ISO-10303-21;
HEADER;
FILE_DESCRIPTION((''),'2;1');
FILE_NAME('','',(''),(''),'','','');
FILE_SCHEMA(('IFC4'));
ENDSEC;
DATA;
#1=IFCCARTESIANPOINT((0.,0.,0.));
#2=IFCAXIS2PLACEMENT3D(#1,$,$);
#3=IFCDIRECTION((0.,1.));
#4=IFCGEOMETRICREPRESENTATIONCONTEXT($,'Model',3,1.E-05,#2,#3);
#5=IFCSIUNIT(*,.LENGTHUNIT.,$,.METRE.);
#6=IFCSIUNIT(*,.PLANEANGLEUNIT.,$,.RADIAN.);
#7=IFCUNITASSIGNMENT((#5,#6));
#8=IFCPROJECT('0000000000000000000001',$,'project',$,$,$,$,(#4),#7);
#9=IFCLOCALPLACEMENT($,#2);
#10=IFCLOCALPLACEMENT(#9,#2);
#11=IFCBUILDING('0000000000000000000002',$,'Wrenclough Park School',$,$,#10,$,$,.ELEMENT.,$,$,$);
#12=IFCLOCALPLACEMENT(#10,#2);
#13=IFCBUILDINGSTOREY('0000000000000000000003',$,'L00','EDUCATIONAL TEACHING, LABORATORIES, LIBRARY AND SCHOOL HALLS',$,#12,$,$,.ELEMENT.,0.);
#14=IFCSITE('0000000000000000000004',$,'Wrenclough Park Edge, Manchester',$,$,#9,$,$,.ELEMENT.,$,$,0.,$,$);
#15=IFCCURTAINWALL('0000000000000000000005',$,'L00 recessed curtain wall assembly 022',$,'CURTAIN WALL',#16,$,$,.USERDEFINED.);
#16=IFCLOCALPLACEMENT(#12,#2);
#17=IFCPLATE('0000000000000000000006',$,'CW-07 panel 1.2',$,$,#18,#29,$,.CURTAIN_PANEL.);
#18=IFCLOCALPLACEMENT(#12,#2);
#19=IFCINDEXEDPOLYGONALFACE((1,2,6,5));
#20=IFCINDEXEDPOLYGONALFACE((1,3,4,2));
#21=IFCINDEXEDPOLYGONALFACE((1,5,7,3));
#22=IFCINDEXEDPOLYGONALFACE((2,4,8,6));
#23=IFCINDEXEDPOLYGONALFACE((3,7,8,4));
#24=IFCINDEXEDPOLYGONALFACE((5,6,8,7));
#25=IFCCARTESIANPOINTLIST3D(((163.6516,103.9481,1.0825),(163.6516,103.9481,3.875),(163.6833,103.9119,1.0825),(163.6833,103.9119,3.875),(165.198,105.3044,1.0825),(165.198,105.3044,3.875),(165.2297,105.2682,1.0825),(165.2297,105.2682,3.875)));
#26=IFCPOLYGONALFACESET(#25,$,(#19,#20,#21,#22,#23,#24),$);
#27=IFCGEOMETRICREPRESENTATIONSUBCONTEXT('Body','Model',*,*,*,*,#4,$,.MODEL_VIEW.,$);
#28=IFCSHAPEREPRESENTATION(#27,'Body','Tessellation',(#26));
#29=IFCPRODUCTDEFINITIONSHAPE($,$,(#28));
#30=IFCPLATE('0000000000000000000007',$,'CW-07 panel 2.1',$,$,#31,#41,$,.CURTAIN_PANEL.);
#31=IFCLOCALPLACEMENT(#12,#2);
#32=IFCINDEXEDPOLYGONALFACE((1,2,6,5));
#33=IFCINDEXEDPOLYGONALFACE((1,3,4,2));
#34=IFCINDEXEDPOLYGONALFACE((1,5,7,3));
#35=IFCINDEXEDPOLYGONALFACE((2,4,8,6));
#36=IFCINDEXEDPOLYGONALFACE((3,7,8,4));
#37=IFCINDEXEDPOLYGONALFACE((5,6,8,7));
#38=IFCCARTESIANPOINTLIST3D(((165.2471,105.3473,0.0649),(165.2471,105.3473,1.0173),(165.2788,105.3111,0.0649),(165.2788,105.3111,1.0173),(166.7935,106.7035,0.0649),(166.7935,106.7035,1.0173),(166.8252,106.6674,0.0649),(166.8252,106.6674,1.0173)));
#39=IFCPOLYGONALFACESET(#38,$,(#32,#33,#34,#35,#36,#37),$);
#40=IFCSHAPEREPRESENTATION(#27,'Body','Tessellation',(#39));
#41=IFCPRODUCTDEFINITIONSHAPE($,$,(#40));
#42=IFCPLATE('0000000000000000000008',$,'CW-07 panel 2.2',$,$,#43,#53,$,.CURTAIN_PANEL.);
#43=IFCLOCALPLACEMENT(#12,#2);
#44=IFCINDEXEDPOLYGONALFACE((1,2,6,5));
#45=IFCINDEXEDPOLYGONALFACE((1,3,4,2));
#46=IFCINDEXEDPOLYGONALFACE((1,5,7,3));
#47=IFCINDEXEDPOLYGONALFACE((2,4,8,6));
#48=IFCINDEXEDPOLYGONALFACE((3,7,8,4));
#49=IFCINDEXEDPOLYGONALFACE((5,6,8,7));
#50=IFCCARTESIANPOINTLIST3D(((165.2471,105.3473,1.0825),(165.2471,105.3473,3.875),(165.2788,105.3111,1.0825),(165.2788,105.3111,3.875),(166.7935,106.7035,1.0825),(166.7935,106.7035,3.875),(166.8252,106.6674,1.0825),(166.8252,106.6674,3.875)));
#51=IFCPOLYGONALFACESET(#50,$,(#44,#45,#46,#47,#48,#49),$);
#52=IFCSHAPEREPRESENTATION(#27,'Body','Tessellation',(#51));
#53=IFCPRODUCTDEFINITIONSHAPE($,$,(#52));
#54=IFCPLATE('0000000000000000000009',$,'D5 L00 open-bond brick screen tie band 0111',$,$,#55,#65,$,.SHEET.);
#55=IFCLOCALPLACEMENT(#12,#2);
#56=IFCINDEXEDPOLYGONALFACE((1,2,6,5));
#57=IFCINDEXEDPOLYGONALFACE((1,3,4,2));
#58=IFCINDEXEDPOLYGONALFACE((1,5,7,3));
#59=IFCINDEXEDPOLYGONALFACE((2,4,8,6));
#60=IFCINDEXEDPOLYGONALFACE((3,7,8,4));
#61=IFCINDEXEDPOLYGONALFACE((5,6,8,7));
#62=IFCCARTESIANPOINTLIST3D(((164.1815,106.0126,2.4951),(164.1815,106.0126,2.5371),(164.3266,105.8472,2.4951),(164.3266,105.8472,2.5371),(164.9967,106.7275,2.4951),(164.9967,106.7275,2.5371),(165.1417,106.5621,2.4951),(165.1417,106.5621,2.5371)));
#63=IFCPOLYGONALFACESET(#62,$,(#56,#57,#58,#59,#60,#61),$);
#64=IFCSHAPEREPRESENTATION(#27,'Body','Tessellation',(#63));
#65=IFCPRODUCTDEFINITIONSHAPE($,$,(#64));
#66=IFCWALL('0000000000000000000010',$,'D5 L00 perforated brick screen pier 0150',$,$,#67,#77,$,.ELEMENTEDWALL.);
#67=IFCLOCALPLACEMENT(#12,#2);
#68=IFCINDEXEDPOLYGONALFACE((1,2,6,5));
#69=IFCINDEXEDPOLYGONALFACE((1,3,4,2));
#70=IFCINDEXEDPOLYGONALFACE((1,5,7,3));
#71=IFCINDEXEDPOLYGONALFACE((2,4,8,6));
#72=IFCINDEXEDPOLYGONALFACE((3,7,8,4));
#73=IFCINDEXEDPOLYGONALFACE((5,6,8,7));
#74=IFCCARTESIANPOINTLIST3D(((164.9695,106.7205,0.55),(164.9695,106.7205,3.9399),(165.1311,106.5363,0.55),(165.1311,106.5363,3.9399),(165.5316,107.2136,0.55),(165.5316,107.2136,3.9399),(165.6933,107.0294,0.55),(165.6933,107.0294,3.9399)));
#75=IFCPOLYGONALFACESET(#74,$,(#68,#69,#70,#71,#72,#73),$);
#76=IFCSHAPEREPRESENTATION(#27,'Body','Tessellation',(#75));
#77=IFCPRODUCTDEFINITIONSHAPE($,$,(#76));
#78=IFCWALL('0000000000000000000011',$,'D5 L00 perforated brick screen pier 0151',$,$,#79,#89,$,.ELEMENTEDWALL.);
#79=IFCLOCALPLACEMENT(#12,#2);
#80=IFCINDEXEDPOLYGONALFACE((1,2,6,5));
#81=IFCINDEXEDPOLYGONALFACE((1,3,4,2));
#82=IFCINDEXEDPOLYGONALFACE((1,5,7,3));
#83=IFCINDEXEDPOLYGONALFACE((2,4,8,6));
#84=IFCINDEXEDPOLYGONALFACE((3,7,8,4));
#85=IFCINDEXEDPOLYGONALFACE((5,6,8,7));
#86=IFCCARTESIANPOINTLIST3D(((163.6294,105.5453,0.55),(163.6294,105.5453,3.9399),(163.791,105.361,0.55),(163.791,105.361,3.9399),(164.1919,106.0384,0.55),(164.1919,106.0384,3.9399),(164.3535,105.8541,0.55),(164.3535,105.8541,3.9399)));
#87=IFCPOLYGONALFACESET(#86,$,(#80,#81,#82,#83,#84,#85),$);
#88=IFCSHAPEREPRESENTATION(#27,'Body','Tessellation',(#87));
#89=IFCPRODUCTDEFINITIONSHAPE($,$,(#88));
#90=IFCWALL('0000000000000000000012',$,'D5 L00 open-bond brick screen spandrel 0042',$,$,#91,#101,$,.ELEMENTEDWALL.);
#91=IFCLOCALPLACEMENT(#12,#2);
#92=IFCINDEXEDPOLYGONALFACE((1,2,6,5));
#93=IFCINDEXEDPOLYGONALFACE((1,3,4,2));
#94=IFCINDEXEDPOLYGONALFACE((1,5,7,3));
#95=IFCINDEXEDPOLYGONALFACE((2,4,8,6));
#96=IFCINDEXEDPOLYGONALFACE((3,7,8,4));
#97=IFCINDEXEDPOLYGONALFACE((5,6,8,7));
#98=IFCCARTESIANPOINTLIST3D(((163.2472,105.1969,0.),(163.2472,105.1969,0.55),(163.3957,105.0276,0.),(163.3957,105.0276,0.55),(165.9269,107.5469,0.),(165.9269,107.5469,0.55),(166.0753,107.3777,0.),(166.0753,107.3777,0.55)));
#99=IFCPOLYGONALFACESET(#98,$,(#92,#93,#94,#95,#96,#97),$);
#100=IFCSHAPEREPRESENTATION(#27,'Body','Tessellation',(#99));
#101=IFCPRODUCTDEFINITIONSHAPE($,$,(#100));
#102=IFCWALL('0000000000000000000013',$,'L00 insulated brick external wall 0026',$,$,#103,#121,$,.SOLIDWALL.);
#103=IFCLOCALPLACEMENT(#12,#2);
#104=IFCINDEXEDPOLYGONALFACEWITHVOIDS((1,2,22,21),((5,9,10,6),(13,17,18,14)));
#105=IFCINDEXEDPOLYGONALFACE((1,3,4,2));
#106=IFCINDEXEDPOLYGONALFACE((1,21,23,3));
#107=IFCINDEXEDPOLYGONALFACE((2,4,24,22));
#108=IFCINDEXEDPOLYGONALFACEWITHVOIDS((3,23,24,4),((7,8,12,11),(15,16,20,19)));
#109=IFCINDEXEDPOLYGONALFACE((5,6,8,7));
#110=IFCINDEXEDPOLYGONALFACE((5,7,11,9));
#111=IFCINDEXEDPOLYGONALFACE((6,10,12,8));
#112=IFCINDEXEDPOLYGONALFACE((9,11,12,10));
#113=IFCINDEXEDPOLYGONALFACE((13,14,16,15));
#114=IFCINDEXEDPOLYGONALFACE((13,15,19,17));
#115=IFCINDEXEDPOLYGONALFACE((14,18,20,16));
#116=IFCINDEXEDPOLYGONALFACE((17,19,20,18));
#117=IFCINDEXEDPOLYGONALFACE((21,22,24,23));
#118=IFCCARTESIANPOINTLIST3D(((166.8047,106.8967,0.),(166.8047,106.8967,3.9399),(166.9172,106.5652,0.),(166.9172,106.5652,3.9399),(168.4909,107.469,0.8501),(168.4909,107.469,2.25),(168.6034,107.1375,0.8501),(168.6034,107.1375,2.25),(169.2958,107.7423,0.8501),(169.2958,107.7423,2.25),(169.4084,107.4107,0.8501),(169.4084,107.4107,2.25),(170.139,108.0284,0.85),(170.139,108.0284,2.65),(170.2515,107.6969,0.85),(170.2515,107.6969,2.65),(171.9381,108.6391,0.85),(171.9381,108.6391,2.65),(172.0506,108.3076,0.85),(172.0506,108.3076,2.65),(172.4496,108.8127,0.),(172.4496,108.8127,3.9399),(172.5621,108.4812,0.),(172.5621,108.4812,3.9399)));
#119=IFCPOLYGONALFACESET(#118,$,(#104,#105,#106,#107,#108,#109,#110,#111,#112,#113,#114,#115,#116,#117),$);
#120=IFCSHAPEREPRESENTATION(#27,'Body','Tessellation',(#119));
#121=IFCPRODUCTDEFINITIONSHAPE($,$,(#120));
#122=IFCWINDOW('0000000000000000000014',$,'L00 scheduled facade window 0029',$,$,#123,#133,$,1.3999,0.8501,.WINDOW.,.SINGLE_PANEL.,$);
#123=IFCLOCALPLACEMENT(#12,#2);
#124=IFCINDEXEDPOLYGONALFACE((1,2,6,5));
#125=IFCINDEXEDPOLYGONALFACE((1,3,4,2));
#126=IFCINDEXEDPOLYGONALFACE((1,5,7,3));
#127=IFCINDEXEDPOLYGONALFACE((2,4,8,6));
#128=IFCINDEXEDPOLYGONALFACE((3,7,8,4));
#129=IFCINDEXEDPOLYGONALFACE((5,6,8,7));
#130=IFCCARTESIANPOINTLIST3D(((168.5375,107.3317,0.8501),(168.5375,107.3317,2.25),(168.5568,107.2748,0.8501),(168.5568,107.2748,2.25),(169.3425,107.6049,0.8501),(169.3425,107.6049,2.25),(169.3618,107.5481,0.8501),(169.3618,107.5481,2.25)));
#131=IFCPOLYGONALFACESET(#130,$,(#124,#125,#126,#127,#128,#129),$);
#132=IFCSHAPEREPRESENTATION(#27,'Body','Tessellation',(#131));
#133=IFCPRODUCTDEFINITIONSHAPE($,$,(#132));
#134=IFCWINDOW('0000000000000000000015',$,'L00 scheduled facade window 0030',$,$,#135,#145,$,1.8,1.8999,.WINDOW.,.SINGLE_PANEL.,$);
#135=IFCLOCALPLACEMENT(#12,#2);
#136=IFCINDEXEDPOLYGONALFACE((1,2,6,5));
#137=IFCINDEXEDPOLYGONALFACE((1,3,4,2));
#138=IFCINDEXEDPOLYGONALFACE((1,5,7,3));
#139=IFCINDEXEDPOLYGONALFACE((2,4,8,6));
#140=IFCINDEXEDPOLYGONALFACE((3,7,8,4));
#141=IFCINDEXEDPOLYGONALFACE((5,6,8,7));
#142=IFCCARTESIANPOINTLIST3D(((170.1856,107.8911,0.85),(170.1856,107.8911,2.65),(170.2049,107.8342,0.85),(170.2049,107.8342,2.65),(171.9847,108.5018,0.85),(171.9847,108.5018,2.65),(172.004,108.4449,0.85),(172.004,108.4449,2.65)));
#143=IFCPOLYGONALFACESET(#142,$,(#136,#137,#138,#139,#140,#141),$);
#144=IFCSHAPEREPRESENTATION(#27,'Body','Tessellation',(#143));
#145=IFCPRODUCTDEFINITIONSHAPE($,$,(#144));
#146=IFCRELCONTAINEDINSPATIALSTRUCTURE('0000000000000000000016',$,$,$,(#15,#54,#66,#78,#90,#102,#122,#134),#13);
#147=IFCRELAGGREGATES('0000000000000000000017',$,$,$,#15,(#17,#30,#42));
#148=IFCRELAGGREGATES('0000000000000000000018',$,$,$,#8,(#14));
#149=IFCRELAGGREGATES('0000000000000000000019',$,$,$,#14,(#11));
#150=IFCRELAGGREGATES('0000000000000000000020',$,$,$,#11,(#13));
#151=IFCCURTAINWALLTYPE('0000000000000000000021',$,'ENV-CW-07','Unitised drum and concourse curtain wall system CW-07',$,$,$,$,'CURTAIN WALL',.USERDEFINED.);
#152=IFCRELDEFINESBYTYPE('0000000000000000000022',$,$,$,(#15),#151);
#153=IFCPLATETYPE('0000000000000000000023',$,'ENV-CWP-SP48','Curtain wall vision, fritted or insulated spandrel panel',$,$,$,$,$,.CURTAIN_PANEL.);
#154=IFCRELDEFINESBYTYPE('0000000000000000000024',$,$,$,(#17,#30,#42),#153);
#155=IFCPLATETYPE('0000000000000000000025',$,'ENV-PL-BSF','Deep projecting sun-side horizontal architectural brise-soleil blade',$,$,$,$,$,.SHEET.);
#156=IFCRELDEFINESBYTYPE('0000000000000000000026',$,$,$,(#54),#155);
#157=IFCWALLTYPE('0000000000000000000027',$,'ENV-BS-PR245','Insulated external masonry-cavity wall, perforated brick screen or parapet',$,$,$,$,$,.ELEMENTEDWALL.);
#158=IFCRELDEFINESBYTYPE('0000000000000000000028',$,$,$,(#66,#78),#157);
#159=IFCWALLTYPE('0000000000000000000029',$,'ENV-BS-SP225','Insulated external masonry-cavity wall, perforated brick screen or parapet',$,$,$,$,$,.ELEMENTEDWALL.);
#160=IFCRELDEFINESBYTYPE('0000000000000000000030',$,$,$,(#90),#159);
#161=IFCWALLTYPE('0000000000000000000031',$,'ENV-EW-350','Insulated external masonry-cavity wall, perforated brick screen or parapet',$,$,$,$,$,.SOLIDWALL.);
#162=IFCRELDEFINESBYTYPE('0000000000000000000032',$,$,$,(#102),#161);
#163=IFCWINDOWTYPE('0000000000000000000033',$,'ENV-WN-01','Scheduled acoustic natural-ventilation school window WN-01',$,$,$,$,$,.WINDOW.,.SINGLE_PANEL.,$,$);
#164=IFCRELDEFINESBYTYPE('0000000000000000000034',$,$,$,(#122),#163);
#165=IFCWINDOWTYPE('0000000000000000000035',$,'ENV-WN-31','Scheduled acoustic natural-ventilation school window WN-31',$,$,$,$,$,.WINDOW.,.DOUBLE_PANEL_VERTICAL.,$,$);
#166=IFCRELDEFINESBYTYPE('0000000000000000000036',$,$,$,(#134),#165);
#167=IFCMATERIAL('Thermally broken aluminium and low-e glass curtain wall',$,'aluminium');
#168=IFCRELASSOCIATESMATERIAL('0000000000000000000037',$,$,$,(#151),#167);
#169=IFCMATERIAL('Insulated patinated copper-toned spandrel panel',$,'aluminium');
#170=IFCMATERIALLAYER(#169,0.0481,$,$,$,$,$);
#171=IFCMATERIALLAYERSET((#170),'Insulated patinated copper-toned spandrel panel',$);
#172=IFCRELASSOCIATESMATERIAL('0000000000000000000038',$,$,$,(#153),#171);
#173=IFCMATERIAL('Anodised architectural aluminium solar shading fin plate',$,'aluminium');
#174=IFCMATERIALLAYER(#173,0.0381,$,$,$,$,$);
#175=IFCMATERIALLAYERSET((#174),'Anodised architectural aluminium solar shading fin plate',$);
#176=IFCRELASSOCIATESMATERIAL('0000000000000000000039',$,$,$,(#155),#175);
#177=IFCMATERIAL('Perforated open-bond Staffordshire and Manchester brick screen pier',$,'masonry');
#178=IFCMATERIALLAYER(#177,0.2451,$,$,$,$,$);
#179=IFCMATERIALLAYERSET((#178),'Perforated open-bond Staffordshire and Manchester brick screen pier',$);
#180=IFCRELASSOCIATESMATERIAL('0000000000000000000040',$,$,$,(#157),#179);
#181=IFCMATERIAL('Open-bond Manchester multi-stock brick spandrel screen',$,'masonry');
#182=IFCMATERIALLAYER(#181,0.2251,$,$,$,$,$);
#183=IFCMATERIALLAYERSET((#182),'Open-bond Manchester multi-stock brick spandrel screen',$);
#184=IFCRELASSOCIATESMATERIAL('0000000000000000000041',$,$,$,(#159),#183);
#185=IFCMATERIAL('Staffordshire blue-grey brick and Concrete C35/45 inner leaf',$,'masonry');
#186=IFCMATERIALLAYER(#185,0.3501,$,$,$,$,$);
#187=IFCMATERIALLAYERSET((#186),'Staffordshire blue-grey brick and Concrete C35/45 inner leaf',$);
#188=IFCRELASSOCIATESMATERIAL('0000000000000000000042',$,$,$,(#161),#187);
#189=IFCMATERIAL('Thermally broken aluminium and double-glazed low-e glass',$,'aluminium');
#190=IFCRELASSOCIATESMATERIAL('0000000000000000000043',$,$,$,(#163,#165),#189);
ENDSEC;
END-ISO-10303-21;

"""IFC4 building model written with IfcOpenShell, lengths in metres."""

from ifc_helpers import new_model, si_unit, direction, frame, frame_2d, origin, origin_2d, place, context, subcontext, project, spatial, rectangle, extrude, material, layer, layer_set, type_object, element, fill, aggregate, save


model = new_model("IFC4")

# Units and contexts
model_context = context("Model", 3, precision=1e-05, world=origin(), true_north=direction((0.0, 1.0)))
body_context = subcontext(model_context, "Body", "Model", "MODEL_VIEW")
ifc_project = project(units=[si_unit("LENGTHUNIT", "METRE"), si_unit("PLANEANGLEUNIT", "RADIAN")], contexts=[model_context])

# Site, building, storey
site_placement = place(None, origin())
site = spatial("IfcSite", under=ifc_project, at=site_placement, Name="Wrenclough Park Edge, Manchester", CompositionType="ELEMENT", RefElevation=0.0)
building_placement = place(site_placement, origin())
building = spatial("IfcBuilding", under=site, at=building_placement, Name="Wrenclough Park School", CompositionType="ELEMENT")
storey_placement = place(building_placement, origin())
storey = spatial("IfcBuildingStorey", under=building, at=storey_placement, Name="L00", Description="EDUCATIONAL TEACHING, LABORATORIES, LIBRARY AND SCHOOL HALLS", CompositionType="ELEMENT", Elevation=0.0)

# Curtain wall
ifc_material_1 = material(Name="Thermally broken aluminium and low-e glass curtain wall", Category="aluminium")
curtain_wall_type = type_object("IfcCurtainWallType", Name="ENV-CW-07", Description="Unitised drum and concourse curtain wall system CW-07", ElementType="CURTAIN WALL", PredefinedType="USERDEFINED", material=ifc_material_1)
curtain_wall_placement = place(storey_placement, origin())
curtain_wall = element("IfcCurtainWall", 1, at=curtain_wall_placement, inside=storey, type_object=curtain_wall_type, Name="L00 recessed curtain wall assembly 022", ObjectType="CURTAIN WALL", PredefinedType="USERDEFINED")

# Plates
ifc_material_2 = material(Name="Insulated patinated copper-toned spandrel panel", Category="aluminium")
ifc_layer_1 = layer(ifc_material_2, 0.0481)
ifc_layer_set_1 = layer_set([ifc_layer_1], Name="Insulated patinated copper-toned spandrel panel")
plate_type_1 = type_object("IfcPlateType", Name="ENV-CWP-SP48", Description="Curtain wall vision, fritted or insulated spandrel panel", PredefinedType="CURTAIN_PANEL", material=ifc_layer_set_1)
plate_1_placement = place(storey_placement, frame((164.4407, 104.6082, 1.0825), z_axis=(0.0, 0.0, 1.0), x_axis=(0.751814, 0.659375, 0.0)))
plate_1 = element("IfcPlate", 2, at=plate_1_placement, type_object=plate_type_1, Name="CW-07 panel 1.2", PredefinedType="CURTAIN_PANEL", context=body_context, shape_type="SweptSolid", body=[
    extrude(rectangle(XDim=2.0569, YDim=0.0481, at=origin_2d()), origin(), (0.0, 0.0, 1.0), 2.7925),
])
plate_2_placement = place(storey_placement, frame((166.0361, 106.0073, 0.0649), z_axis=(0.0, 0.0, 1.0), x_axis=(0.751814, 0.659375, 0.0)))
plate_2 = element("IfcPlate", 3, at=plate_2_placement, type_object=plate_type_1, Name="CW-07 panel 2.1", PredefinedType="CURTAIN_PANEL", context=body_context, shape_type="SweptSolid", body=[
    extrude(rectangle(XDim=2.0569, YDim=0.0481, at=origin_2d()), origin(), (0.0, 0.0, 1.0), 0.9524),
])
plate_3_placement = place(storey_placement, frame((166.0361, 106.0073, 1.0825), z_axis=(0.0, 0.0, 1.0), x_axis=(0.751814, 0.659375, 0.0)))
plate_3 = element("IfcPlate", 4, at=plate_3_placement, type_object=plate_type_1, Name="CW-07 panel 2.2", PredefinedType="CURTAIN_PANEL", context=body_context, shape_type="SweptSolid", body=[
    extrude(rectangle(XDim=2.0569, YDim=0.0481, at=origin_2d()), origin(), (0.0, 0.0, 1.0), 2.7925),
])
aggregate(curtain_wall, [plate_1, plate_2, plate_3])
ifc_material_3 = material(Name="Anodised architectural aluminium solar shading fin plate", Category="aluminium")
ifc_layer_2 = layer(ifc_material_3, 0.0381)
ifc_layer_set_2 = layer_set([ifc_layer_2], Name="Anodised architectural aluminium solar shading fin plate")
plate_type_2 = type_object("IfcPlateType", Name="ENV-PL-BSF", Description="Deep projecting sun-side horizontal architectural brise-soleil blade", PredefinedType="SHEET", material=ifc_layer_set_2)
plate_4_placement = place(storey_placement, frame((164.6616, 106.2874, 2.4951), z_axis=(0.0, 0.0, 1.0), x_axis=(-0.751831, -0.659356, 0.0)))
element("IfcPlate", 5, at=plate_4_placement, inside=storey, type_object=plate_type_2, Name="D5 L00 open-bond brick screen tie band 0111", PredefinedType="SHEET", context=body_context, shape_type="SweptSolid", body=[
    extrude(rectangle(XDim=1.0842, YDim=0.22, at=origin_2d()), origin(), (0.0, 0.0, 1.0), 0.042),
])

# Walls
ifc_material_4 = material(Name="Perforated open-bond Staffordshire and Manchester brick screen pier", Category="masonry")
ifc_layer_3 = layer(ifc_material_4, 0.2451)
ifc_layer_set_3 = layer_set([ifc_layer_3], Name="Perforated open-bond Staffordshire and Manchester brick screen pier")
wall_type_1 = type_object("IfcWallType", Name="ENV-BS-PR245", Description="Insulated external masonry-cavity wall, perforated brick screen or parapet", PredefinedType="ELEMENTEDWALL", material=ifc_layer_set_3)
wall_1_placement = place(storey_placement, frame((165.6125, 107.1216, 0.55), z_axis=(0.0, 0.0, 1.0), x_axis=(-0.751788, -0.659405, 0.0)))
element("IfcWall", 6, at=wall_1_placement, inside=storey, type_object=wall_type_1, Name="D5 L00 perforated brick screen pier 0150", PredefinedType="ELEMENTEDWALL", context=body_context, shape_type="SweptSolid", body=[
    extrude(rectangle(XDim=0.7478, YDim=0.2451, at=frame_2d((0.374, 0.0))), origin(), (0.0, 0.0, 1.0), 3.3899),
])
wall_2_placement = place(storey_placement, frame((164.2727, 105.9463, 0.55), z_axis=(0.0, 0.0, 1.0), x_axis=(-0.751929, -0.659244, 0.0)))
element("IfcWall", 7, at=wall_2_placement, inside=storey, type_object=wall_type_1, Name="D5 L00 perforated brick screen pier 0151", PredefinedType="ELEMENTEDWALL", context=body_context, shape_type="SweptSolid", body=[
    extrude(rectangle(XDim=0.748, YDim=0.2451, at=frame_2d((0.374, 0.0))), origin(), (0.0, 0.0, 1.0), 3.3899),
])
ifc_material_5 = material(Name="Open-bond Manchester multi-stock brick spandrel screen", Category="masonry")
ifc_layer_4 = layer(ifc_material_5, 0.2251)
ifc_layer_set_4 = layer_set([ifc_layer_4], Name="Open-bond Manchester multi-stock brick spandrel screen")
wall_type_2 = type_object("IfcWallType", Name="ENV-BS-SP225", Description="Insulated external masonry-cavity wall, perforated brick screen or parapet", PredefinedType="ELEMENTEDWALL", material=ifc_layer_set_4)
wall_3_placement = place(storey_placement, frame((166.0012, 107.4624, 0.0), z_axis=(0.0, 0.0, 1.0), x_axis=(-0.751829, -0.659358, 0.0)))
element("IfcWall", 8, at=wall_3_placement, inside=storey, type_object=wall_type_2, Name="D5 L00 open-bond brick screen spandrel 0042", PredefinedType="ELEMENTEDWALL", context=body_context, shape_type="SweptSolid", body=[
    extrude(rectangle(XDim=3.5642, YDim=0.2251, at=frame_2d((1.7822, 0.0))), origin(), (0.0, 0.0, 1.0), 0.55),
])

# Wall, openings, windows
ifc_material_6 = material(Name="Staffordshire blue-grey brick and Concrete C35/45 inner leaf", Category="masonry")
ifc_layer_5 = layer(ifc_material_6, 0.3501)
ifc_layer_set_5 = layer_set([ifc_layer_5], Name="Staffordshire blue-grey brick and Concrete C35/45 inner leaf")
wall_type_3 = type_object("IfcWallType", Name="ENV-EW-350", Description="Insulated external masonry-cavity wall, perforated brick screen or parapet", PredefinedType="SOLIDWALL", material=ifc_layer_set_5)
wall_4_placement = place(storey_placement, frame((166.8611, 106.731, 0.0), z_axis=(0.0, 0.0, 1.0), x_axis=(0.946937, 0.32142, 0.0)))
wall_4 = element("IfcWall", 9, at=wall_4_placement, inside=storey, type_object=wall_type_3, Name="L00 insulated brick external wall 0026", PredefinedType="SOLIDWALL", context=body_context, shape_type="SweptSolid", body=[
    extrude(rectangle(XDim=5.9612, YDim=0.3501, at=frame_2d((2.9805, 0.0))), origin(), (0.0, 0.0, 1.0), 3.9399),
])
opening_1_placement = place(wall_4_placement, frame((1.7805, 0.0, 0.8501)))
opening_1 = element("IfcOpeningElement", 10, at=opening_1_placement, cuts=wall_4, PredefinedType="OPENING", context=body_context, shape_type="SweptSolid", body=[
    extrude(rectangle(XDim=0.8501, YDim=1.3999, at=frame_2d((0.425, 0.7))), frame((0.0, 0.1851, 0.0), z_axis=(0.0, -1.0, 0.0), x_axis=(1.0, 0.0, 0.0)), (0.0, 0.0, 1.0), 0.3701),
])
opening_2_placement = place(wall_4_placement, frame((3.521, 0.0, 0.8501)))
opening_2 = element("IfcOpeningElement", 11, at=opening_2_placement, cuts=wall_4, PredefinedType="OPENING", context=body_context, shape_type="SweptSolid", body=[
    extrude(rectangle(XDim=1.8999, YDim=1.8, at=frame_2d((0.95, 0.8999))), frame((0.0, 0.1851, 0.0), z_axis=(0.0, -1.0, 0.0), x_axis=(1.0, 0.0, 0.0)), (0.0, 0.0, 1.0), 0.3701),
])
ifc_material_7 = material(Name="Thermally broken aluminium and double-glazed low-e glass", Category="aluminium")
window_type_1 = type_object("IfcWindowType", Name="ENV-WN-01", Description="Scheduled acoustic natural-ventilation school window WN-01", PartitioningType="SINGLE_PANEL", PredefinedType="WINDOW", material=ifc_material_7)
window_1_placement = place(opening_1_placement, origin())
window_1 = element("IfcWindow", 12, at=window_1_placement, inside=storey, type_object=window_type_1, Name="L00 scheduled facade window 0029", OverallHeight=1.3999, OverallWidth=0.8501, PartitioningType="SINGLE_PANEL", PredefinedType="WINDOW", context=body_context, shape_type="SweptSolid", body=[
    extrude(rectangle(XDim=0.8501, YDim=1.3999, at=frame_2d((0.425, 0.7))), frame((0.0, 0.03, 0.0), z_axis=(0.0, -1.0, 0.0), x_axis=(1.0, 0.0, 0.0)), (0.0, 0.0, 1.0), 0.0601),
])
fill(opening_1, window_1)
window_type_2 = type_object("IfcWindowType", Name="ENV-WN-31", Description="Scheduled acoustic natural-ventilation school window WN-31", PartitioningType="DOUBLE_PANEL_VERTICAL", PredefinedType="WINDOW", material=ifc_material_7)
window_2_placement = place(opening_2_placement, origin())
window_2 = element("IfcWindow", 13, at=window_2_placement, inside=storey, type_object=window_type_2, Name="L00 scheduled facade window 0030", OverallHeight=1.8, OverallWidth=1.8999, PartitioningType="SINGLE_PANEL", PredefinedType="WINDOW", context=body_context, shape_type="SweptSolid", body=[
    extrude(rectangle(XDim=1.8999, YDim=1.8, at=frame_2d((0.95, 0.8999))), frame((0.0, 0.03, 0.0), z_axis=(0.0, -1.0, 0.0), x_axis=(1.0, 0.0, 0.0)), (0.0, 0.0, 1.0), 0.0601),
])
fill(opening_2, window_2)

save(model, "model.ifc")
